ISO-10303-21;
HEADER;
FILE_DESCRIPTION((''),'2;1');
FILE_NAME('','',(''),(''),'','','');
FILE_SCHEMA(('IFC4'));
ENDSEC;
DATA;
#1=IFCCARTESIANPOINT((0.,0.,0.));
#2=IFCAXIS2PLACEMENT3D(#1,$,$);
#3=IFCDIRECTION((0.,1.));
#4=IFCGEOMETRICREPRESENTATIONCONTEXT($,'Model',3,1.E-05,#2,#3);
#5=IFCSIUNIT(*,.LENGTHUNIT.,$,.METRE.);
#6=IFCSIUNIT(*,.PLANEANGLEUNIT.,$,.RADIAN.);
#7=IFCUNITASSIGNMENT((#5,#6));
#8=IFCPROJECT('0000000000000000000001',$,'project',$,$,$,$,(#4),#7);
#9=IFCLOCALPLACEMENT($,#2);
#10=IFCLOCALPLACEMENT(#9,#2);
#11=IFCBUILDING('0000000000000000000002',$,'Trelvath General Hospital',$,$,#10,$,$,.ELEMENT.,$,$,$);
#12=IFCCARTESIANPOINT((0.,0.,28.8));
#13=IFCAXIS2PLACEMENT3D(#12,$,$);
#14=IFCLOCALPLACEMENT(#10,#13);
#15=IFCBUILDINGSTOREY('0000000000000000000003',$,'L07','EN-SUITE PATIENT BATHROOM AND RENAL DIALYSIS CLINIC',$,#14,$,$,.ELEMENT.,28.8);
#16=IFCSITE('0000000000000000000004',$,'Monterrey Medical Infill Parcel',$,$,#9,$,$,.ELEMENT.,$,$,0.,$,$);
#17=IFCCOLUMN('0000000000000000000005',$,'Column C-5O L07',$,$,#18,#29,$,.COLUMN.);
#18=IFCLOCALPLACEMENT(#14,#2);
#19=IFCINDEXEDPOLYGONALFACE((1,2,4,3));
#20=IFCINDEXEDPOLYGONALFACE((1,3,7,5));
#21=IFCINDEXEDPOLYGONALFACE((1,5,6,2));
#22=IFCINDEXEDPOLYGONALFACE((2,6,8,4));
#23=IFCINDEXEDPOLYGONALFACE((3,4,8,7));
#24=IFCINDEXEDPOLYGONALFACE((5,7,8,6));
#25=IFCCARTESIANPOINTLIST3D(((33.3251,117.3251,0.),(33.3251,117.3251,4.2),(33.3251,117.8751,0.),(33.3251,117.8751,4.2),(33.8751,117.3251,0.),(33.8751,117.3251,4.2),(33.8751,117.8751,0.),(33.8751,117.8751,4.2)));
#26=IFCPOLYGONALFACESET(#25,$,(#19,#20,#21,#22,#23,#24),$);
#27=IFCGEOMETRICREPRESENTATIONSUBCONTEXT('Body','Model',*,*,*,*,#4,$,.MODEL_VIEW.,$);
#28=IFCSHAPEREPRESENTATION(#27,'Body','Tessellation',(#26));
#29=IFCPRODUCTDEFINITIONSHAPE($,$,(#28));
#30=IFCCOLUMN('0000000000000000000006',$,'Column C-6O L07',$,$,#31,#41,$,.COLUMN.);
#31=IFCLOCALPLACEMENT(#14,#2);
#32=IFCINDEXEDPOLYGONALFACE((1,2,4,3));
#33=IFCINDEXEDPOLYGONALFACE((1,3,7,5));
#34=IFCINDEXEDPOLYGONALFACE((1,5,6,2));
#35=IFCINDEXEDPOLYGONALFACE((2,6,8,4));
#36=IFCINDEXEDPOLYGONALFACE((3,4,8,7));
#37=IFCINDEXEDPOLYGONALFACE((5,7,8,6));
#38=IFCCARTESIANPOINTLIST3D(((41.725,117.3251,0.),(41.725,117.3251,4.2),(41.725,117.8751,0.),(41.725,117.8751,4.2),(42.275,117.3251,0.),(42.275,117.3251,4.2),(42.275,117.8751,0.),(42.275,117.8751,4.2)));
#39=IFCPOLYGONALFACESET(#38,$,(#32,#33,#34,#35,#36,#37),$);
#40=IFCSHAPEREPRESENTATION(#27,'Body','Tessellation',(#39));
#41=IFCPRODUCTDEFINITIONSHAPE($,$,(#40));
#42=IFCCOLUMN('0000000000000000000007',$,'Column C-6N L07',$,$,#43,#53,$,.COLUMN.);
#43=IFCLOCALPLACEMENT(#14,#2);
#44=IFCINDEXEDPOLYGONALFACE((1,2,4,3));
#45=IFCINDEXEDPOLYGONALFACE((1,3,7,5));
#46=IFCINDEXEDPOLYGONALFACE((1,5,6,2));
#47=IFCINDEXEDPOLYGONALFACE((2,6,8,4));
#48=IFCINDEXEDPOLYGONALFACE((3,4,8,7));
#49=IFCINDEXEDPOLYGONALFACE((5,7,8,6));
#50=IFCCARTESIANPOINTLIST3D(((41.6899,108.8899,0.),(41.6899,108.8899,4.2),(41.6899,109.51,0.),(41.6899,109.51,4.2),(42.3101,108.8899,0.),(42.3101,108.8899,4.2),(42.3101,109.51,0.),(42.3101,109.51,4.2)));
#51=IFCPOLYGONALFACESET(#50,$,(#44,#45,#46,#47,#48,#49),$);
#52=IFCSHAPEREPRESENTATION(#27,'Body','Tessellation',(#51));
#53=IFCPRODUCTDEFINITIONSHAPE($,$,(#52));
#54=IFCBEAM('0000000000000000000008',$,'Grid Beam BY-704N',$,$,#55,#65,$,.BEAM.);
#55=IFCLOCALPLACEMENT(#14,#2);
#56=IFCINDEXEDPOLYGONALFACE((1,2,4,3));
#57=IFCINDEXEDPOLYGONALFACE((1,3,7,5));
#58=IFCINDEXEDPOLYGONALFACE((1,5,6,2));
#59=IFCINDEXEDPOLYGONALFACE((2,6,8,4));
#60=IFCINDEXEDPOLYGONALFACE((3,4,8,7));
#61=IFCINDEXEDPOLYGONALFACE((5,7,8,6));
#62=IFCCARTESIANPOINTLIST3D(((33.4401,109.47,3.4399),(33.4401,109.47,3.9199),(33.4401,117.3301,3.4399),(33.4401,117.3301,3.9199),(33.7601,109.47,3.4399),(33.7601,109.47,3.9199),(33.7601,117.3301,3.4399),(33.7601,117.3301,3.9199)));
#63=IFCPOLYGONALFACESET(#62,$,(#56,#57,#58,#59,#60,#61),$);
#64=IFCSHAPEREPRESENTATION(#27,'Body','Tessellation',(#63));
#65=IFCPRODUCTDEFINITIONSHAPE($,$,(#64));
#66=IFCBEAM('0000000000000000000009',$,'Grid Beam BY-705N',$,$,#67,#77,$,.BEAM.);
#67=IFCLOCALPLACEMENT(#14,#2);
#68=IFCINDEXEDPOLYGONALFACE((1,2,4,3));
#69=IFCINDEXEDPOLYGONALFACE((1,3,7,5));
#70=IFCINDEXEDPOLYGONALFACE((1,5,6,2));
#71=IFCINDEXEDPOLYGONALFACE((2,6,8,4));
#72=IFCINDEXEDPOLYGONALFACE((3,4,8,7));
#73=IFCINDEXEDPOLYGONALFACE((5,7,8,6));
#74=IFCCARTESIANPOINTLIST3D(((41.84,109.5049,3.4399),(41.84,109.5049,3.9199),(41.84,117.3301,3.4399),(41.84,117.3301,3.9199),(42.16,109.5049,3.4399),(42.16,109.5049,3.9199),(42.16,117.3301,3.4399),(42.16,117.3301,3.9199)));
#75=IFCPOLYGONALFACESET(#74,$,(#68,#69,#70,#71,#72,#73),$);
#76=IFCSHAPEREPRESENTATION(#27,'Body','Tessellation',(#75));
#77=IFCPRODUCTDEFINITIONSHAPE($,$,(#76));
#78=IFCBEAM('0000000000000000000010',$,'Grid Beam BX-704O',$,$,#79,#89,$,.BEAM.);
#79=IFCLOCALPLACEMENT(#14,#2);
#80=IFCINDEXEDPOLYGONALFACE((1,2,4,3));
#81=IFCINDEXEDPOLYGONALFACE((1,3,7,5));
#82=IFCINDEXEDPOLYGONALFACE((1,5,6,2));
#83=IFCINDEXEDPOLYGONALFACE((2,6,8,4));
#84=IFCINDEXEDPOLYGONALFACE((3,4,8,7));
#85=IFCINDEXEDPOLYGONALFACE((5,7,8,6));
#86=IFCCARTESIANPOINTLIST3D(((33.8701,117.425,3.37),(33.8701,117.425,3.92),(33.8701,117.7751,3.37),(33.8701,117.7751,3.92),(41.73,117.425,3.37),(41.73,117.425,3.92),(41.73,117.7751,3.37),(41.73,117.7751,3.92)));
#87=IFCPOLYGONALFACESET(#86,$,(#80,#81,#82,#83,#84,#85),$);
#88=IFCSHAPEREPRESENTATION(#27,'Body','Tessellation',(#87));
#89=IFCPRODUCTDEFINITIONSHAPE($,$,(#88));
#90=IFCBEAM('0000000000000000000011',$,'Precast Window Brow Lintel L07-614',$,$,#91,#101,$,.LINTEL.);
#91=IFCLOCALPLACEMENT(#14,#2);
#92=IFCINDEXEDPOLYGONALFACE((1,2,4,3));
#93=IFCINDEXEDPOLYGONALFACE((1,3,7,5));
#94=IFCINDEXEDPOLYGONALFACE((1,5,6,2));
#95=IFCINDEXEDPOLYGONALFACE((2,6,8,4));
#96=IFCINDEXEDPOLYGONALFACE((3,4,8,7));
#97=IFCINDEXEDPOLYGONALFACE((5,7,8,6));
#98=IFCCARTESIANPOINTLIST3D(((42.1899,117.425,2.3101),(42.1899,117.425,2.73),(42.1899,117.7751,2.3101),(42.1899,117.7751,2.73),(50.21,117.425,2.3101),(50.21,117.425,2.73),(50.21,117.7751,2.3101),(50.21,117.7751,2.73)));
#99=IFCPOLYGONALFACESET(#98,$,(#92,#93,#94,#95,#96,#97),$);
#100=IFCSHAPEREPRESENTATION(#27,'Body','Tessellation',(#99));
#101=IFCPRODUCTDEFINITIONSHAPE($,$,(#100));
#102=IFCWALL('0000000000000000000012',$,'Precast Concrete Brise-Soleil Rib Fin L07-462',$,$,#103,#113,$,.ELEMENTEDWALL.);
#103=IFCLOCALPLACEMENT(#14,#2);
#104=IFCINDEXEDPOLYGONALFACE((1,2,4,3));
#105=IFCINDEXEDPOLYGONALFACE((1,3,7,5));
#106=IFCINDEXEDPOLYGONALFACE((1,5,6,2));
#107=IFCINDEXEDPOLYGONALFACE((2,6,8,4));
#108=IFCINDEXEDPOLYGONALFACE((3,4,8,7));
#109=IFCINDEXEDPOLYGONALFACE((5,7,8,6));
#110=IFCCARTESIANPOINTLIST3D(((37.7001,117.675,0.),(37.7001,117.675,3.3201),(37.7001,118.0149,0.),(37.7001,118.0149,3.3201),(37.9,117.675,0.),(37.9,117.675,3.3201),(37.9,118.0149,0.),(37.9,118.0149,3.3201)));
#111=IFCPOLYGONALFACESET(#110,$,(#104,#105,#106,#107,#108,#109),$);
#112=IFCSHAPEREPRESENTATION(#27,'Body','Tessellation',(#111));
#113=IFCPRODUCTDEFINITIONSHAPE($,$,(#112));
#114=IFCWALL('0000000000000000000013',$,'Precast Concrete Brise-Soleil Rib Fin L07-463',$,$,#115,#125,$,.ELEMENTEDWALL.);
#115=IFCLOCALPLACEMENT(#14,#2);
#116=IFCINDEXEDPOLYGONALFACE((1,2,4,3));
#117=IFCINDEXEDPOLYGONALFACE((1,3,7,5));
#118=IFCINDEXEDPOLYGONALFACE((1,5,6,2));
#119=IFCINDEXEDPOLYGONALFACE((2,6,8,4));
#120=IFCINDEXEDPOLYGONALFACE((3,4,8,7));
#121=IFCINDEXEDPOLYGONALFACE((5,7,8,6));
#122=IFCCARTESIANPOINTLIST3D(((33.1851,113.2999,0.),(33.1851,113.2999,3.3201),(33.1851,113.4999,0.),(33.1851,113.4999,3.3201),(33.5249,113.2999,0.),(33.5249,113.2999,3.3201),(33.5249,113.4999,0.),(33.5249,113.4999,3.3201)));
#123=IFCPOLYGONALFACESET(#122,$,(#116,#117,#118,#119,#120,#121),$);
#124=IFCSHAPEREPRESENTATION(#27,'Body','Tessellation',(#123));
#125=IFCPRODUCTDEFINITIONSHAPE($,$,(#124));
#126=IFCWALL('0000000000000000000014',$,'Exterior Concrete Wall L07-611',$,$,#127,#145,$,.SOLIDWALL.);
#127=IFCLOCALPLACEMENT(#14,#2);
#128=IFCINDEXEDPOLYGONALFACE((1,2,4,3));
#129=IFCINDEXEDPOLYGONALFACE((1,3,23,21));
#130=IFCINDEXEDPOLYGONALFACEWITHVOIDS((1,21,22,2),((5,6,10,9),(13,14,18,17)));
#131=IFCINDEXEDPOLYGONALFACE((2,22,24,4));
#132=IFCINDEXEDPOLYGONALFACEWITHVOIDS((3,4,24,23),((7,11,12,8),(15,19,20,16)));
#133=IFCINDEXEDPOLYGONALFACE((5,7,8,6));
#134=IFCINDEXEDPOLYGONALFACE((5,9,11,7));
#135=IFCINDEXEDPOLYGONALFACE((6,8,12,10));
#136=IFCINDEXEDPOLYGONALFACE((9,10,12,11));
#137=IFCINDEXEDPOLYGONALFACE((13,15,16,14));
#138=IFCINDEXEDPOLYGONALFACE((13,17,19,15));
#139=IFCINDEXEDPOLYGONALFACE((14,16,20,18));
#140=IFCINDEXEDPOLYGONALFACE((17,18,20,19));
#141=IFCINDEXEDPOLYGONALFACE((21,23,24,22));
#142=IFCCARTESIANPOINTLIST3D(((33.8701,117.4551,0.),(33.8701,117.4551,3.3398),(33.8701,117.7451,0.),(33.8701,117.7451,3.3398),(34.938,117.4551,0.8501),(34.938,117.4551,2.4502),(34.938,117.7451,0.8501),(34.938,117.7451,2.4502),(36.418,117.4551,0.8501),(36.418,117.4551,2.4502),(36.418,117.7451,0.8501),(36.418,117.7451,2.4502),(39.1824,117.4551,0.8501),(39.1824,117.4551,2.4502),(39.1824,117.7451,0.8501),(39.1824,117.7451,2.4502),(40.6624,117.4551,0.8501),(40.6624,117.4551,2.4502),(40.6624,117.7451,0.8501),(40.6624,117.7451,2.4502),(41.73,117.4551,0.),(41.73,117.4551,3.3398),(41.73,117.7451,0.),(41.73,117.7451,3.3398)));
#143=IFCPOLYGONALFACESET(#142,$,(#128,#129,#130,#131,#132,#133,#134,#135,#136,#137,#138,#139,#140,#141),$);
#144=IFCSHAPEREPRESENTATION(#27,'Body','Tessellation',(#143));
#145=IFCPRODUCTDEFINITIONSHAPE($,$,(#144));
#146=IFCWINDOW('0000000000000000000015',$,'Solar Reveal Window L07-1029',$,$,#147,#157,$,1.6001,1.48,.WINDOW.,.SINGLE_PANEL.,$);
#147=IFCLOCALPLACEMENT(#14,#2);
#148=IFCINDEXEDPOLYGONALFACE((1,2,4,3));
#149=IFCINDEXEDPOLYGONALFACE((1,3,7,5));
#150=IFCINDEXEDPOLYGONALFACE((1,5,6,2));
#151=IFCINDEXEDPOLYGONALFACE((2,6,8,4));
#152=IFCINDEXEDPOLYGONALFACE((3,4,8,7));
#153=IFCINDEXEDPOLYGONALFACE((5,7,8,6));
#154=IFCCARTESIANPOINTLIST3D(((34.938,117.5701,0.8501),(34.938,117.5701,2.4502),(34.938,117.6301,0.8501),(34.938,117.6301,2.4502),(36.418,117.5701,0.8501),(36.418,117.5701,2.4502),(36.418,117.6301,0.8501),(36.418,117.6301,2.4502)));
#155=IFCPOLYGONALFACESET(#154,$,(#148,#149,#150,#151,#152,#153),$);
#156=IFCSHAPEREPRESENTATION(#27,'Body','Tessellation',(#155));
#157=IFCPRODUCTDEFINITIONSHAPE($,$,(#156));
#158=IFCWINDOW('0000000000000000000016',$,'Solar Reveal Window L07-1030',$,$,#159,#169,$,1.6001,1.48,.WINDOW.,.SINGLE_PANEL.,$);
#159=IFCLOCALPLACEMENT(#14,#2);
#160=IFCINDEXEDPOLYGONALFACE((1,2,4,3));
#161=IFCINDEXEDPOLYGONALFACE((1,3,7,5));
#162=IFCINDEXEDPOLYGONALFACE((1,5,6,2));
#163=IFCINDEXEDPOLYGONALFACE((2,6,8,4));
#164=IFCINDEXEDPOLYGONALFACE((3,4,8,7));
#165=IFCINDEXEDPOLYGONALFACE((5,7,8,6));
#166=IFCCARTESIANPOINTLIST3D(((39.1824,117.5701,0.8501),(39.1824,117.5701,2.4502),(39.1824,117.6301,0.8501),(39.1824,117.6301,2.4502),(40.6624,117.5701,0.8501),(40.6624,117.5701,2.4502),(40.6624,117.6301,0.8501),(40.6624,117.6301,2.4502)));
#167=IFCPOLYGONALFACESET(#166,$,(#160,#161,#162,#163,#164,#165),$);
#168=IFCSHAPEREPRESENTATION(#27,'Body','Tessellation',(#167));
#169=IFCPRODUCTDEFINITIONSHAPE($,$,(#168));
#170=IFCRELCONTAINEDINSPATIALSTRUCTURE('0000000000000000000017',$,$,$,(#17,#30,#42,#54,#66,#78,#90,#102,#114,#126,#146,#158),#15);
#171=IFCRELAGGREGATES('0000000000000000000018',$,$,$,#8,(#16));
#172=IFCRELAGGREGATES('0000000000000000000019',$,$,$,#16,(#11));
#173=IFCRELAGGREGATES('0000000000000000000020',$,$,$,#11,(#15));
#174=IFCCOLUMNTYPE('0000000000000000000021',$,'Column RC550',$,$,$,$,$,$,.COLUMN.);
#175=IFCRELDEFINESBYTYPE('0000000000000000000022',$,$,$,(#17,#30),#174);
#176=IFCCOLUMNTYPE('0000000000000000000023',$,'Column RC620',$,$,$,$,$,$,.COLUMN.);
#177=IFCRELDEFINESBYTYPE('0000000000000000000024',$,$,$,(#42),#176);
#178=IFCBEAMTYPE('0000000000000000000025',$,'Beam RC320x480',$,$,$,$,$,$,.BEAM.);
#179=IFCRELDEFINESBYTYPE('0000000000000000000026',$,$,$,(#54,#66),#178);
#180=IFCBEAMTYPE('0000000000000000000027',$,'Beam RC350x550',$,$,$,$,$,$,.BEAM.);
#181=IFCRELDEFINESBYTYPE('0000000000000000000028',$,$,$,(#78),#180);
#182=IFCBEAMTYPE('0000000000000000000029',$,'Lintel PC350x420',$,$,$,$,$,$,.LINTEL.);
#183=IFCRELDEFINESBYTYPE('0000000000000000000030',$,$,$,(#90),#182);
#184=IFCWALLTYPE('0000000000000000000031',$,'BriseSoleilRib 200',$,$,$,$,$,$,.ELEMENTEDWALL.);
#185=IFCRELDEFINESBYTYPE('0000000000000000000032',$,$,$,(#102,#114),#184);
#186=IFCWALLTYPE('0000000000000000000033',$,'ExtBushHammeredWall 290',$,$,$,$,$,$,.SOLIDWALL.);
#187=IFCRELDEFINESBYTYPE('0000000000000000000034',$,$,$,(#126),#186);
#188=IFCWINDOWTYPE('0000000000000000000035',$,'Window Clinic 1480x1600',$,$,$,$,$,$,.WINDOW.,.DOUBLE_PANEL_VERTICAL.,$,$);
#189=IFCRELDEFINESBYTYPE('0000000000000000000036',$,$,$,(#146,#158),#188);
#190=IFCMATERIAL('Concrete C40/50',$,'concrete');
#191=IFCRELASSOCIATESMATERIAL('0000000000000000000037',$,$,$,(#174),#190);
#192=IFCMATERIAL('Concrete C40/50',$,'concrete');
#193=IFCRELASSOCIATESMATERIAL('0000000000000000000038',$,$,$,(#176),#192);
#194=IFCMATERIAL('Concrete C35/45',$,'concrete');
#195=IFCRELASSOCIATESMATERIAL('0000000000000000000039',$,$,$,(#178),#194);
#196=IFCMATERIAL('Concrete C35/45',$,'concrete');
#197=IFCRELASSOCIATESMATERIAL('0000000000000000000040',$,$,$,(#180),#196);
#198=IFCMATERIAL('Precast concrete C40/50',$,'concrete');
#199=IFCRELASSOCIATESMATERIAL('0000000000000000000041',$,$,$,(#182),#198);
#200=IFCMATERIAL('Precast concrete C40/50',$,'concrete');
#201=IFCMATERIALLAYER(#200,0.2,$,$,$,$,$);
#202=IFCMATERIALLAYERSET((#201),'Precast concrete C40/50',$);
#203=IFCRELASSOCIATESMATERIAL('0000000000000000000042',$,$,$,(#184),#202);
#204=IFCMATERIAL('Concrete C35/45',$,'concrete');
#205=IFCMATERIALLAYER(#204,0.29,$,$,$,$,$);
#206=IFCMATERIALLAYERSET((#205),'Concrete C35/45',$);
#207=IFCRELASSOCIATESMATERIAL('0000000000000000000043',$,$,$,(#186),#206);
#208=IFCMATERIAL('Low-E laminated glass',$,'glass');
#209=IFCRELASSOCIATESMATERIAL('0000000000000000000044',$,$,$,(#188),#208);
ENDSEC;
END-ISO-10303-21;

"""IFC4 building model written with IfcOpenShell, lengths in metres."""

from ifc_helpers import new_model, si_unit, direction, frame, frame_2d, origin, origin_2d, place, context, subcontext, project, spatial, rectangle, extrude, material, layer, layer_set, material_profile, profile_set, type_object, element, fill, save


model = new_model("IFC4")

# Units and contexts
model_context = context("Model", 3, precision=1e-05, world=origin(), true_north=direction((0.0, 1.0)))
body_context = subcontext(model_context, "Body", "Model", "MODEL_VIEW")
ifc_project = project(units=[si_unit("LENGTHUNIT", "METRE"), si_unit("PLANEANGLEUNIT", "RADIAN")], contexts=[model_context])

# Site, building, storey
site_placement = place(None, origin())
site = spatial("IfcSite", under=ifc_project, at=site_placement, Name="Monterrey Medical Infill Parcel", CompositionType="ELEMENT", RefElevation=0.0)
building_placement = place(site_placement, origin())
building = spatial("IfcBuilding", under=site, at=building_placement, Name="Trelvath General Hospital", CompositionType="ELEMENT")
storey_placement = place(building_placement, frame((0.0, 0.0, 28.8)))
storey = spatial("IfcBuildingStorey", under=building, at=storey_placement, Name="L07", Description="EN-SUITE PATIENT BATHROOM AND RENAL DIALYSIS CLINIC", CompositionType="ELEMENT", Elevation=28.8)

# Columns
ifc_material_1 = material(Name="Concrete C40/50", Category="concrete")
ifc_material_profile_1 = material_profile(ifc_material_1, rectangle(XDim=0.55, YDim=0.55, at=origin_2d()), Name="RC550x550")
ifc_profile_set_1 = profile_set([ifc_material_profile_1], Name="Concrete C40/50")
column_type_1 = type_object("IfcColumnType", Name="Column RC550", PredefinedType="COLUMN", material=ifc_profile_set_1)
for number, where, z_axis, x_axis, name in (
    (1, (33.6001, 117.6001, 0.0), (0.0, 0.0, 1.0), (1.0, 0.0, 0.0), "Column C-5O L07"),
    (2, (42.0, 117.6001, 0.0), (0.0, 0.0, 1.0), (1.0, 0.0, 0.0), "Column C-6O L07"),
):
    element("IfcColumn", number, at=place(storey_placement, frame(where, z_axis=z_axis, x_axis=x_axis)), inside=storey, type_object=column_type_1, Name=name, PredefinedType="COLUMN", context=body_context, shape_type="SweptSolid", body=[
        extrude(rectangle(XDim=0.55, YDim=0.55, at=origin_2d()), origin(), (0.0, 0.0, 1.0), 4.2),
    ])
ifc_material_2 = material(Name="Concrete C40/50", Category="concrete")
ifc_material_profile_2 = material_profile(ifc_material_2, rectangle(XDim=0.6201, YDim=0.6201, at=origin_2d()), Name="RC620x620")
ifc_profile_set_2 = profile_set([ifc_material_profile_2], Name="Concrete C40/50")
column_type_2 = type_object("IfcColumnType", Name="Column RC620", PredefinedType="COLUMN", material=ifc_profile_set_2)
column_placement = place(storey_placement, frame((42.0, 109.2, 0.0), z_axis=(0.0, 0.0, 1.0), x_axis=(1.0, 0.0, 0.0)))
element("IfcColumn", 3, at=column_placement, inside=storey, type_object=column_type_2, Name="Column C-6N L07", PredefinedType="COLUMN", context=body_context, shape_type="SweptSolid", body=[
    extrude(rectangle(XDim=0.6201, YDim=0.6201, at=origin_2d()), origin(), (0.0, 0.0, 1.0), 4.2),
])

# Beams
ifc_material_3 = material(Name="Concrete C35/45", Category="concrete")
ifc_material_profile_3 = material_profile(ifc_material_3, rectangle(XDim=0.3201, YDim=0.48, at=origin_2d()), Name="RCB320x480")
ifc_profile_set_3 = profile_set([ifc_material_profile_3], Name="Concrete C35/45")
beam_type_1 = type_object("IfcBeamType", Name="Beam RC320x480", PredefinedType="BEAM", material=ifc_profile_set_3)
beam_1_placement = place(storey_placement, frame((33.6001, 109.47, 3.6799), z_axis=(0.0, 1.0, 0.0), x_axis=(-1.0, 0.0, 0.0)))
element("IfcBeam", 4, at=beam_1_placement, inside=storey, type_object=beam_type_1, Name="Grid Beam BY-704N", PredefinedType="BEAM", context=body_context, shape_type="SweptSolid", body=[
    extrude(rectangle(XDim=0.3201, YDim=0.48, at=origin_2d()), origin(), (0.0, 0.0, 1.0), 7.8601),
])
beam_2_placement = place(storey_placement, frame((42.0, 109.5049, 3.6799), z_axis=(0.0, 1.0, 0.0), x_axis=(-1.0, 0.0, 0.0)))
element("IfcBeam", 5, at=beam_2_placement, inside=storey, type_object=beam_type_1, Name="Grid Beam BY-705N", PredefinedType="BEAM", context=body_context, shape_type="SweptSolid", body=[
    extrude(rectangle(XDim=0.3201, YDim=0.48, at=origin_2d()), origin(), (0.0, 0.0, 1.0), 7.8252),
])
ifc_material_4 = material(Name="Concrete C35/45", Category="concrete")
ifc_material_profile_4 = material_profile(ifc_material_4, rectangle(XDim=0.3501, YDim=0.55, at=origin_2d()), Name="RCB350x550")
ifc_profile_set_4 = profile_set([ifc_material_profile_4], Name="Concrete C35/45")
beam_type_2 = type_object("IfcBeamType", Name="Beam RC350x550", PredefinedType="BEAM", material=ifc_profile_set_4)
beam_3_placement = place(storey_placement, frame((33.8701, 117.6001, 3.645), z_axis=(1.0, 0.0, 0.0), x_axis=(0.0, 1.0, 0.0)))
element("IfcBeam", 6, at=beam_3_placement, inside=storey, type_object=beam_type_2, Name="Grid Beam BX-704O", PredefinedType="BEAM", context=body_context, shape_type="SweptSolid", body=[
    extrude(rectangle(XDim=0.3501, YDim=0.55, at=origin_2d()), origin(), (0.0, 0.0, 1.0), 7.8599),
])
ifc_material_5 = material(Name="Precast concrete C40/50", Category="concrete")
ifc_material_profile_5 = material_profile(ifc_material_5, rectangle(XDim=0.3501, YDim=0.4199, at=origin_2d()), Name="PCL350x420")
ifc_profile_set_5 = profile_set([ifc_material_profile_5], Name="Precast concrete C40/50")
beam_type_3 = type_object("IfcBeamType", Name="Lintel PC350x420", PredefinedType="LINTEL", material=ifc_profile_set_5)
beam_4_placement = place(storey_placement, frame((42.1899, 117.6001, 2.52), z_axis=(1.0, 0.0, 0.0), x_axis=(0.0, 1.0, 0.0)))
element("IfcBeam", 7, at=beam_4_placement, inside=storey, type_object=beam_type_3, Name="Precast Window Brow Lintel L07-614", PredefinedType="LINTEL", context=body_context, shape_type="SweptSolid", body=[
    extrude(rectangle(XDim=0.3501, YDim=0.4199, at=origin_2d()), origin(), (0.0, 0.0, 1.0), 8.02),
])

# Walls
ifc_material_6 = material(Name="Precast concrete C40/50", Category="concrete")
ifc_layer_1 = layer(ifc_material_6, 0.2)
ifc_layer_set_1 = layer_set([ifc_layer_1], Name="Precast concrete C40/50")
wall_type_1 = type_object("IfcWallType", Name="BriseSoleilRib 200", PredefinedType="ELEMENTEDWALL", material=ifc_layer_set_1)
for number, where, z_axis, x_axis, name in (
    (8, (37.8, 117.675, 0.0), (0.0, 0.0, 1.0), (0.0, 1.0, 0.0), "Precast Concrete Brise-Soleil Rib Fin L07-462"),
    (9, (33.5249, 113.3999, 0.0), (0.0, 0.0, 1.0), (-1.0, 0.0, 0.0), "Precast Concrete Brise-Soleil Rib Fin L07-463"),
):
    element("IfcWall", number, at=place(storey_placement, frame(where, z_axis=z_axis, x_axis=x_axis)), inside=storey, type_object=wall_type_1, Name=name, PredefinedType="ELEMENTEDWALL", context=body_context, shape_type="SweptSolid", body=[
        extrude(rectangle(XDim=0.3398, YDim=0.2, at=frame_2d((0.1699, 0.0))), origin(), (0.0, 0.0, 1.0), 3.3201),
    ])

# Wall, openings, windows
ifc_material_7 = material(Name="Concrete C35/45", Category="concrete")
ifc_layer_2 = layer(ifc_material_7, 0.29)
ifc_layer_set_2 = layer_set([ifc_layer_2], Name="Concrete C35/45")
wall_type_2 = type_object("IfcWallType", Name="ExtBushHammeredWall 290", PredefinedType="SOLIDWALL", material=ifc_layer_set_2)
wall_1_placement = place(storey_placement, frame((33.8701, 117.6001, 0.0), z_axis=(0.0, 0.0, 1.0), x_axis=(1.0, 0.0, 0.0)))
wall_1 = element("IfcWall", 10, at=wall_1_placement, inside=storey, type_object=wall_type_2, Name="Exterior Concrete Wall L07-611", PredefinedType="SOLIDWALL", context=body_context, shape_type="SweptSolid", body=[
    extrude(rectangle(XDim=7.8599, YDim=0.29, at=frame_2d((3.9299, 0.0))), origin(), (0.0, 0.0, 1.0), 3.3398),
])
opening_1_placement = place(wall_1_placement, frame((1.0679, 0.0, 0.8501)))
opening_1 = element("IfcOpeningElement", 11, at=opening_1_placement, cuts=wall_1, PredefinedType="OPENING", context=body_context, shape_type="SweptSolid", body=[
    extrude(rectangle(XDim=1.48, YDim=1.6001, at=frame_2d((0.74, 0.8))), frame((0.0, 0.155, 0.0), z_axis=(0.0, -1.0, 0.0), x_axis=(1.0, 0.0, 0.0)), (0.0, 0.0, 1.0), 0.3101),
])
opening_2_placement = place(wall_1_placement, frame((5.3123, 0.0, 0.8501)))
opening_2 = element("IfcOpeningElement", 12, at=opening_2_placement, cuts=wall_1, PredefinedType="OPENING", context=body_context, shape_type="SweptSolid", body=[
    extrude(rectangle(XDim=1.48, YDim=1.6001, at=frame_2d((0.74, 0.8))), frame((0.0, 0.155, 0.0), z_axis=(0.0, -1.0, 0.0), x_axis=(1.0, 0.0, 0.0)), (0.0, 0.0, 1.0), 0.3101),
])
ifc_material_8 = material(Name="Low-E laminated glass", Category="glass")
window_type_1 = type_object("IfcWindowType", Name="Window Clinic 1480x1600", PartitioningType="DOUBLE_PANEL_VERTICAL", PredefinedType="WINDOW", material=ifc_material_8)
window_1_placement = place(opening_1_placement, origin())
window_1 = element("IfcWindow", 13, at=window_1_placement, inside=storey, type_object=window_type_1, Name="Solar Reveal Window L07-1029", OverallHeight=1.6001, OverallWidth=1.48, PartitioningType="SINGLE_PANEL", PredefinedType="WINDOW", context=body_context, shape_type="SweptSolid", body=[
    extrude(rectangle(XDim=1.48, YDim=1.6001, at=frame_2d((0.74, 0.8))), frame((0.0, 0.03, 0.0), z_axis=(0.0, -1.0, 0.0), x_axis=(1.0, 0.0, 0.0)), (0.0, 0.0, 1.0), 0.0601),
])
fill(opening_1, window_1)
window_2_placement = place(opening_2_placement, origin())
window_2 = element("IfcWindow", 14, at=window_2_placement, inside=storey, type_object=window_type_1, Name="Solar Reveal Window L07-1030", OverallHeight=1.6001, OverallWidth=1.48, PartitioningType="SINGLE_PANEL", PredefinedType="WINDOW", context=body_context, shape_type="SweptSolid", body=[
    extrude(rectangle(XDim=1.48, YDim=1.6001, at=frame_2d((0.74, 0.8))), frame((0.0, 0.03, 0.0), z_axis=(0.0, -1.0, 0.0), x_axis=(1.0, 0.0, 0.0)), (0.0, 0.0, 1.0), 0.0601),
])
fill(opening_2, window_2)

save(model, "model.ifc")
